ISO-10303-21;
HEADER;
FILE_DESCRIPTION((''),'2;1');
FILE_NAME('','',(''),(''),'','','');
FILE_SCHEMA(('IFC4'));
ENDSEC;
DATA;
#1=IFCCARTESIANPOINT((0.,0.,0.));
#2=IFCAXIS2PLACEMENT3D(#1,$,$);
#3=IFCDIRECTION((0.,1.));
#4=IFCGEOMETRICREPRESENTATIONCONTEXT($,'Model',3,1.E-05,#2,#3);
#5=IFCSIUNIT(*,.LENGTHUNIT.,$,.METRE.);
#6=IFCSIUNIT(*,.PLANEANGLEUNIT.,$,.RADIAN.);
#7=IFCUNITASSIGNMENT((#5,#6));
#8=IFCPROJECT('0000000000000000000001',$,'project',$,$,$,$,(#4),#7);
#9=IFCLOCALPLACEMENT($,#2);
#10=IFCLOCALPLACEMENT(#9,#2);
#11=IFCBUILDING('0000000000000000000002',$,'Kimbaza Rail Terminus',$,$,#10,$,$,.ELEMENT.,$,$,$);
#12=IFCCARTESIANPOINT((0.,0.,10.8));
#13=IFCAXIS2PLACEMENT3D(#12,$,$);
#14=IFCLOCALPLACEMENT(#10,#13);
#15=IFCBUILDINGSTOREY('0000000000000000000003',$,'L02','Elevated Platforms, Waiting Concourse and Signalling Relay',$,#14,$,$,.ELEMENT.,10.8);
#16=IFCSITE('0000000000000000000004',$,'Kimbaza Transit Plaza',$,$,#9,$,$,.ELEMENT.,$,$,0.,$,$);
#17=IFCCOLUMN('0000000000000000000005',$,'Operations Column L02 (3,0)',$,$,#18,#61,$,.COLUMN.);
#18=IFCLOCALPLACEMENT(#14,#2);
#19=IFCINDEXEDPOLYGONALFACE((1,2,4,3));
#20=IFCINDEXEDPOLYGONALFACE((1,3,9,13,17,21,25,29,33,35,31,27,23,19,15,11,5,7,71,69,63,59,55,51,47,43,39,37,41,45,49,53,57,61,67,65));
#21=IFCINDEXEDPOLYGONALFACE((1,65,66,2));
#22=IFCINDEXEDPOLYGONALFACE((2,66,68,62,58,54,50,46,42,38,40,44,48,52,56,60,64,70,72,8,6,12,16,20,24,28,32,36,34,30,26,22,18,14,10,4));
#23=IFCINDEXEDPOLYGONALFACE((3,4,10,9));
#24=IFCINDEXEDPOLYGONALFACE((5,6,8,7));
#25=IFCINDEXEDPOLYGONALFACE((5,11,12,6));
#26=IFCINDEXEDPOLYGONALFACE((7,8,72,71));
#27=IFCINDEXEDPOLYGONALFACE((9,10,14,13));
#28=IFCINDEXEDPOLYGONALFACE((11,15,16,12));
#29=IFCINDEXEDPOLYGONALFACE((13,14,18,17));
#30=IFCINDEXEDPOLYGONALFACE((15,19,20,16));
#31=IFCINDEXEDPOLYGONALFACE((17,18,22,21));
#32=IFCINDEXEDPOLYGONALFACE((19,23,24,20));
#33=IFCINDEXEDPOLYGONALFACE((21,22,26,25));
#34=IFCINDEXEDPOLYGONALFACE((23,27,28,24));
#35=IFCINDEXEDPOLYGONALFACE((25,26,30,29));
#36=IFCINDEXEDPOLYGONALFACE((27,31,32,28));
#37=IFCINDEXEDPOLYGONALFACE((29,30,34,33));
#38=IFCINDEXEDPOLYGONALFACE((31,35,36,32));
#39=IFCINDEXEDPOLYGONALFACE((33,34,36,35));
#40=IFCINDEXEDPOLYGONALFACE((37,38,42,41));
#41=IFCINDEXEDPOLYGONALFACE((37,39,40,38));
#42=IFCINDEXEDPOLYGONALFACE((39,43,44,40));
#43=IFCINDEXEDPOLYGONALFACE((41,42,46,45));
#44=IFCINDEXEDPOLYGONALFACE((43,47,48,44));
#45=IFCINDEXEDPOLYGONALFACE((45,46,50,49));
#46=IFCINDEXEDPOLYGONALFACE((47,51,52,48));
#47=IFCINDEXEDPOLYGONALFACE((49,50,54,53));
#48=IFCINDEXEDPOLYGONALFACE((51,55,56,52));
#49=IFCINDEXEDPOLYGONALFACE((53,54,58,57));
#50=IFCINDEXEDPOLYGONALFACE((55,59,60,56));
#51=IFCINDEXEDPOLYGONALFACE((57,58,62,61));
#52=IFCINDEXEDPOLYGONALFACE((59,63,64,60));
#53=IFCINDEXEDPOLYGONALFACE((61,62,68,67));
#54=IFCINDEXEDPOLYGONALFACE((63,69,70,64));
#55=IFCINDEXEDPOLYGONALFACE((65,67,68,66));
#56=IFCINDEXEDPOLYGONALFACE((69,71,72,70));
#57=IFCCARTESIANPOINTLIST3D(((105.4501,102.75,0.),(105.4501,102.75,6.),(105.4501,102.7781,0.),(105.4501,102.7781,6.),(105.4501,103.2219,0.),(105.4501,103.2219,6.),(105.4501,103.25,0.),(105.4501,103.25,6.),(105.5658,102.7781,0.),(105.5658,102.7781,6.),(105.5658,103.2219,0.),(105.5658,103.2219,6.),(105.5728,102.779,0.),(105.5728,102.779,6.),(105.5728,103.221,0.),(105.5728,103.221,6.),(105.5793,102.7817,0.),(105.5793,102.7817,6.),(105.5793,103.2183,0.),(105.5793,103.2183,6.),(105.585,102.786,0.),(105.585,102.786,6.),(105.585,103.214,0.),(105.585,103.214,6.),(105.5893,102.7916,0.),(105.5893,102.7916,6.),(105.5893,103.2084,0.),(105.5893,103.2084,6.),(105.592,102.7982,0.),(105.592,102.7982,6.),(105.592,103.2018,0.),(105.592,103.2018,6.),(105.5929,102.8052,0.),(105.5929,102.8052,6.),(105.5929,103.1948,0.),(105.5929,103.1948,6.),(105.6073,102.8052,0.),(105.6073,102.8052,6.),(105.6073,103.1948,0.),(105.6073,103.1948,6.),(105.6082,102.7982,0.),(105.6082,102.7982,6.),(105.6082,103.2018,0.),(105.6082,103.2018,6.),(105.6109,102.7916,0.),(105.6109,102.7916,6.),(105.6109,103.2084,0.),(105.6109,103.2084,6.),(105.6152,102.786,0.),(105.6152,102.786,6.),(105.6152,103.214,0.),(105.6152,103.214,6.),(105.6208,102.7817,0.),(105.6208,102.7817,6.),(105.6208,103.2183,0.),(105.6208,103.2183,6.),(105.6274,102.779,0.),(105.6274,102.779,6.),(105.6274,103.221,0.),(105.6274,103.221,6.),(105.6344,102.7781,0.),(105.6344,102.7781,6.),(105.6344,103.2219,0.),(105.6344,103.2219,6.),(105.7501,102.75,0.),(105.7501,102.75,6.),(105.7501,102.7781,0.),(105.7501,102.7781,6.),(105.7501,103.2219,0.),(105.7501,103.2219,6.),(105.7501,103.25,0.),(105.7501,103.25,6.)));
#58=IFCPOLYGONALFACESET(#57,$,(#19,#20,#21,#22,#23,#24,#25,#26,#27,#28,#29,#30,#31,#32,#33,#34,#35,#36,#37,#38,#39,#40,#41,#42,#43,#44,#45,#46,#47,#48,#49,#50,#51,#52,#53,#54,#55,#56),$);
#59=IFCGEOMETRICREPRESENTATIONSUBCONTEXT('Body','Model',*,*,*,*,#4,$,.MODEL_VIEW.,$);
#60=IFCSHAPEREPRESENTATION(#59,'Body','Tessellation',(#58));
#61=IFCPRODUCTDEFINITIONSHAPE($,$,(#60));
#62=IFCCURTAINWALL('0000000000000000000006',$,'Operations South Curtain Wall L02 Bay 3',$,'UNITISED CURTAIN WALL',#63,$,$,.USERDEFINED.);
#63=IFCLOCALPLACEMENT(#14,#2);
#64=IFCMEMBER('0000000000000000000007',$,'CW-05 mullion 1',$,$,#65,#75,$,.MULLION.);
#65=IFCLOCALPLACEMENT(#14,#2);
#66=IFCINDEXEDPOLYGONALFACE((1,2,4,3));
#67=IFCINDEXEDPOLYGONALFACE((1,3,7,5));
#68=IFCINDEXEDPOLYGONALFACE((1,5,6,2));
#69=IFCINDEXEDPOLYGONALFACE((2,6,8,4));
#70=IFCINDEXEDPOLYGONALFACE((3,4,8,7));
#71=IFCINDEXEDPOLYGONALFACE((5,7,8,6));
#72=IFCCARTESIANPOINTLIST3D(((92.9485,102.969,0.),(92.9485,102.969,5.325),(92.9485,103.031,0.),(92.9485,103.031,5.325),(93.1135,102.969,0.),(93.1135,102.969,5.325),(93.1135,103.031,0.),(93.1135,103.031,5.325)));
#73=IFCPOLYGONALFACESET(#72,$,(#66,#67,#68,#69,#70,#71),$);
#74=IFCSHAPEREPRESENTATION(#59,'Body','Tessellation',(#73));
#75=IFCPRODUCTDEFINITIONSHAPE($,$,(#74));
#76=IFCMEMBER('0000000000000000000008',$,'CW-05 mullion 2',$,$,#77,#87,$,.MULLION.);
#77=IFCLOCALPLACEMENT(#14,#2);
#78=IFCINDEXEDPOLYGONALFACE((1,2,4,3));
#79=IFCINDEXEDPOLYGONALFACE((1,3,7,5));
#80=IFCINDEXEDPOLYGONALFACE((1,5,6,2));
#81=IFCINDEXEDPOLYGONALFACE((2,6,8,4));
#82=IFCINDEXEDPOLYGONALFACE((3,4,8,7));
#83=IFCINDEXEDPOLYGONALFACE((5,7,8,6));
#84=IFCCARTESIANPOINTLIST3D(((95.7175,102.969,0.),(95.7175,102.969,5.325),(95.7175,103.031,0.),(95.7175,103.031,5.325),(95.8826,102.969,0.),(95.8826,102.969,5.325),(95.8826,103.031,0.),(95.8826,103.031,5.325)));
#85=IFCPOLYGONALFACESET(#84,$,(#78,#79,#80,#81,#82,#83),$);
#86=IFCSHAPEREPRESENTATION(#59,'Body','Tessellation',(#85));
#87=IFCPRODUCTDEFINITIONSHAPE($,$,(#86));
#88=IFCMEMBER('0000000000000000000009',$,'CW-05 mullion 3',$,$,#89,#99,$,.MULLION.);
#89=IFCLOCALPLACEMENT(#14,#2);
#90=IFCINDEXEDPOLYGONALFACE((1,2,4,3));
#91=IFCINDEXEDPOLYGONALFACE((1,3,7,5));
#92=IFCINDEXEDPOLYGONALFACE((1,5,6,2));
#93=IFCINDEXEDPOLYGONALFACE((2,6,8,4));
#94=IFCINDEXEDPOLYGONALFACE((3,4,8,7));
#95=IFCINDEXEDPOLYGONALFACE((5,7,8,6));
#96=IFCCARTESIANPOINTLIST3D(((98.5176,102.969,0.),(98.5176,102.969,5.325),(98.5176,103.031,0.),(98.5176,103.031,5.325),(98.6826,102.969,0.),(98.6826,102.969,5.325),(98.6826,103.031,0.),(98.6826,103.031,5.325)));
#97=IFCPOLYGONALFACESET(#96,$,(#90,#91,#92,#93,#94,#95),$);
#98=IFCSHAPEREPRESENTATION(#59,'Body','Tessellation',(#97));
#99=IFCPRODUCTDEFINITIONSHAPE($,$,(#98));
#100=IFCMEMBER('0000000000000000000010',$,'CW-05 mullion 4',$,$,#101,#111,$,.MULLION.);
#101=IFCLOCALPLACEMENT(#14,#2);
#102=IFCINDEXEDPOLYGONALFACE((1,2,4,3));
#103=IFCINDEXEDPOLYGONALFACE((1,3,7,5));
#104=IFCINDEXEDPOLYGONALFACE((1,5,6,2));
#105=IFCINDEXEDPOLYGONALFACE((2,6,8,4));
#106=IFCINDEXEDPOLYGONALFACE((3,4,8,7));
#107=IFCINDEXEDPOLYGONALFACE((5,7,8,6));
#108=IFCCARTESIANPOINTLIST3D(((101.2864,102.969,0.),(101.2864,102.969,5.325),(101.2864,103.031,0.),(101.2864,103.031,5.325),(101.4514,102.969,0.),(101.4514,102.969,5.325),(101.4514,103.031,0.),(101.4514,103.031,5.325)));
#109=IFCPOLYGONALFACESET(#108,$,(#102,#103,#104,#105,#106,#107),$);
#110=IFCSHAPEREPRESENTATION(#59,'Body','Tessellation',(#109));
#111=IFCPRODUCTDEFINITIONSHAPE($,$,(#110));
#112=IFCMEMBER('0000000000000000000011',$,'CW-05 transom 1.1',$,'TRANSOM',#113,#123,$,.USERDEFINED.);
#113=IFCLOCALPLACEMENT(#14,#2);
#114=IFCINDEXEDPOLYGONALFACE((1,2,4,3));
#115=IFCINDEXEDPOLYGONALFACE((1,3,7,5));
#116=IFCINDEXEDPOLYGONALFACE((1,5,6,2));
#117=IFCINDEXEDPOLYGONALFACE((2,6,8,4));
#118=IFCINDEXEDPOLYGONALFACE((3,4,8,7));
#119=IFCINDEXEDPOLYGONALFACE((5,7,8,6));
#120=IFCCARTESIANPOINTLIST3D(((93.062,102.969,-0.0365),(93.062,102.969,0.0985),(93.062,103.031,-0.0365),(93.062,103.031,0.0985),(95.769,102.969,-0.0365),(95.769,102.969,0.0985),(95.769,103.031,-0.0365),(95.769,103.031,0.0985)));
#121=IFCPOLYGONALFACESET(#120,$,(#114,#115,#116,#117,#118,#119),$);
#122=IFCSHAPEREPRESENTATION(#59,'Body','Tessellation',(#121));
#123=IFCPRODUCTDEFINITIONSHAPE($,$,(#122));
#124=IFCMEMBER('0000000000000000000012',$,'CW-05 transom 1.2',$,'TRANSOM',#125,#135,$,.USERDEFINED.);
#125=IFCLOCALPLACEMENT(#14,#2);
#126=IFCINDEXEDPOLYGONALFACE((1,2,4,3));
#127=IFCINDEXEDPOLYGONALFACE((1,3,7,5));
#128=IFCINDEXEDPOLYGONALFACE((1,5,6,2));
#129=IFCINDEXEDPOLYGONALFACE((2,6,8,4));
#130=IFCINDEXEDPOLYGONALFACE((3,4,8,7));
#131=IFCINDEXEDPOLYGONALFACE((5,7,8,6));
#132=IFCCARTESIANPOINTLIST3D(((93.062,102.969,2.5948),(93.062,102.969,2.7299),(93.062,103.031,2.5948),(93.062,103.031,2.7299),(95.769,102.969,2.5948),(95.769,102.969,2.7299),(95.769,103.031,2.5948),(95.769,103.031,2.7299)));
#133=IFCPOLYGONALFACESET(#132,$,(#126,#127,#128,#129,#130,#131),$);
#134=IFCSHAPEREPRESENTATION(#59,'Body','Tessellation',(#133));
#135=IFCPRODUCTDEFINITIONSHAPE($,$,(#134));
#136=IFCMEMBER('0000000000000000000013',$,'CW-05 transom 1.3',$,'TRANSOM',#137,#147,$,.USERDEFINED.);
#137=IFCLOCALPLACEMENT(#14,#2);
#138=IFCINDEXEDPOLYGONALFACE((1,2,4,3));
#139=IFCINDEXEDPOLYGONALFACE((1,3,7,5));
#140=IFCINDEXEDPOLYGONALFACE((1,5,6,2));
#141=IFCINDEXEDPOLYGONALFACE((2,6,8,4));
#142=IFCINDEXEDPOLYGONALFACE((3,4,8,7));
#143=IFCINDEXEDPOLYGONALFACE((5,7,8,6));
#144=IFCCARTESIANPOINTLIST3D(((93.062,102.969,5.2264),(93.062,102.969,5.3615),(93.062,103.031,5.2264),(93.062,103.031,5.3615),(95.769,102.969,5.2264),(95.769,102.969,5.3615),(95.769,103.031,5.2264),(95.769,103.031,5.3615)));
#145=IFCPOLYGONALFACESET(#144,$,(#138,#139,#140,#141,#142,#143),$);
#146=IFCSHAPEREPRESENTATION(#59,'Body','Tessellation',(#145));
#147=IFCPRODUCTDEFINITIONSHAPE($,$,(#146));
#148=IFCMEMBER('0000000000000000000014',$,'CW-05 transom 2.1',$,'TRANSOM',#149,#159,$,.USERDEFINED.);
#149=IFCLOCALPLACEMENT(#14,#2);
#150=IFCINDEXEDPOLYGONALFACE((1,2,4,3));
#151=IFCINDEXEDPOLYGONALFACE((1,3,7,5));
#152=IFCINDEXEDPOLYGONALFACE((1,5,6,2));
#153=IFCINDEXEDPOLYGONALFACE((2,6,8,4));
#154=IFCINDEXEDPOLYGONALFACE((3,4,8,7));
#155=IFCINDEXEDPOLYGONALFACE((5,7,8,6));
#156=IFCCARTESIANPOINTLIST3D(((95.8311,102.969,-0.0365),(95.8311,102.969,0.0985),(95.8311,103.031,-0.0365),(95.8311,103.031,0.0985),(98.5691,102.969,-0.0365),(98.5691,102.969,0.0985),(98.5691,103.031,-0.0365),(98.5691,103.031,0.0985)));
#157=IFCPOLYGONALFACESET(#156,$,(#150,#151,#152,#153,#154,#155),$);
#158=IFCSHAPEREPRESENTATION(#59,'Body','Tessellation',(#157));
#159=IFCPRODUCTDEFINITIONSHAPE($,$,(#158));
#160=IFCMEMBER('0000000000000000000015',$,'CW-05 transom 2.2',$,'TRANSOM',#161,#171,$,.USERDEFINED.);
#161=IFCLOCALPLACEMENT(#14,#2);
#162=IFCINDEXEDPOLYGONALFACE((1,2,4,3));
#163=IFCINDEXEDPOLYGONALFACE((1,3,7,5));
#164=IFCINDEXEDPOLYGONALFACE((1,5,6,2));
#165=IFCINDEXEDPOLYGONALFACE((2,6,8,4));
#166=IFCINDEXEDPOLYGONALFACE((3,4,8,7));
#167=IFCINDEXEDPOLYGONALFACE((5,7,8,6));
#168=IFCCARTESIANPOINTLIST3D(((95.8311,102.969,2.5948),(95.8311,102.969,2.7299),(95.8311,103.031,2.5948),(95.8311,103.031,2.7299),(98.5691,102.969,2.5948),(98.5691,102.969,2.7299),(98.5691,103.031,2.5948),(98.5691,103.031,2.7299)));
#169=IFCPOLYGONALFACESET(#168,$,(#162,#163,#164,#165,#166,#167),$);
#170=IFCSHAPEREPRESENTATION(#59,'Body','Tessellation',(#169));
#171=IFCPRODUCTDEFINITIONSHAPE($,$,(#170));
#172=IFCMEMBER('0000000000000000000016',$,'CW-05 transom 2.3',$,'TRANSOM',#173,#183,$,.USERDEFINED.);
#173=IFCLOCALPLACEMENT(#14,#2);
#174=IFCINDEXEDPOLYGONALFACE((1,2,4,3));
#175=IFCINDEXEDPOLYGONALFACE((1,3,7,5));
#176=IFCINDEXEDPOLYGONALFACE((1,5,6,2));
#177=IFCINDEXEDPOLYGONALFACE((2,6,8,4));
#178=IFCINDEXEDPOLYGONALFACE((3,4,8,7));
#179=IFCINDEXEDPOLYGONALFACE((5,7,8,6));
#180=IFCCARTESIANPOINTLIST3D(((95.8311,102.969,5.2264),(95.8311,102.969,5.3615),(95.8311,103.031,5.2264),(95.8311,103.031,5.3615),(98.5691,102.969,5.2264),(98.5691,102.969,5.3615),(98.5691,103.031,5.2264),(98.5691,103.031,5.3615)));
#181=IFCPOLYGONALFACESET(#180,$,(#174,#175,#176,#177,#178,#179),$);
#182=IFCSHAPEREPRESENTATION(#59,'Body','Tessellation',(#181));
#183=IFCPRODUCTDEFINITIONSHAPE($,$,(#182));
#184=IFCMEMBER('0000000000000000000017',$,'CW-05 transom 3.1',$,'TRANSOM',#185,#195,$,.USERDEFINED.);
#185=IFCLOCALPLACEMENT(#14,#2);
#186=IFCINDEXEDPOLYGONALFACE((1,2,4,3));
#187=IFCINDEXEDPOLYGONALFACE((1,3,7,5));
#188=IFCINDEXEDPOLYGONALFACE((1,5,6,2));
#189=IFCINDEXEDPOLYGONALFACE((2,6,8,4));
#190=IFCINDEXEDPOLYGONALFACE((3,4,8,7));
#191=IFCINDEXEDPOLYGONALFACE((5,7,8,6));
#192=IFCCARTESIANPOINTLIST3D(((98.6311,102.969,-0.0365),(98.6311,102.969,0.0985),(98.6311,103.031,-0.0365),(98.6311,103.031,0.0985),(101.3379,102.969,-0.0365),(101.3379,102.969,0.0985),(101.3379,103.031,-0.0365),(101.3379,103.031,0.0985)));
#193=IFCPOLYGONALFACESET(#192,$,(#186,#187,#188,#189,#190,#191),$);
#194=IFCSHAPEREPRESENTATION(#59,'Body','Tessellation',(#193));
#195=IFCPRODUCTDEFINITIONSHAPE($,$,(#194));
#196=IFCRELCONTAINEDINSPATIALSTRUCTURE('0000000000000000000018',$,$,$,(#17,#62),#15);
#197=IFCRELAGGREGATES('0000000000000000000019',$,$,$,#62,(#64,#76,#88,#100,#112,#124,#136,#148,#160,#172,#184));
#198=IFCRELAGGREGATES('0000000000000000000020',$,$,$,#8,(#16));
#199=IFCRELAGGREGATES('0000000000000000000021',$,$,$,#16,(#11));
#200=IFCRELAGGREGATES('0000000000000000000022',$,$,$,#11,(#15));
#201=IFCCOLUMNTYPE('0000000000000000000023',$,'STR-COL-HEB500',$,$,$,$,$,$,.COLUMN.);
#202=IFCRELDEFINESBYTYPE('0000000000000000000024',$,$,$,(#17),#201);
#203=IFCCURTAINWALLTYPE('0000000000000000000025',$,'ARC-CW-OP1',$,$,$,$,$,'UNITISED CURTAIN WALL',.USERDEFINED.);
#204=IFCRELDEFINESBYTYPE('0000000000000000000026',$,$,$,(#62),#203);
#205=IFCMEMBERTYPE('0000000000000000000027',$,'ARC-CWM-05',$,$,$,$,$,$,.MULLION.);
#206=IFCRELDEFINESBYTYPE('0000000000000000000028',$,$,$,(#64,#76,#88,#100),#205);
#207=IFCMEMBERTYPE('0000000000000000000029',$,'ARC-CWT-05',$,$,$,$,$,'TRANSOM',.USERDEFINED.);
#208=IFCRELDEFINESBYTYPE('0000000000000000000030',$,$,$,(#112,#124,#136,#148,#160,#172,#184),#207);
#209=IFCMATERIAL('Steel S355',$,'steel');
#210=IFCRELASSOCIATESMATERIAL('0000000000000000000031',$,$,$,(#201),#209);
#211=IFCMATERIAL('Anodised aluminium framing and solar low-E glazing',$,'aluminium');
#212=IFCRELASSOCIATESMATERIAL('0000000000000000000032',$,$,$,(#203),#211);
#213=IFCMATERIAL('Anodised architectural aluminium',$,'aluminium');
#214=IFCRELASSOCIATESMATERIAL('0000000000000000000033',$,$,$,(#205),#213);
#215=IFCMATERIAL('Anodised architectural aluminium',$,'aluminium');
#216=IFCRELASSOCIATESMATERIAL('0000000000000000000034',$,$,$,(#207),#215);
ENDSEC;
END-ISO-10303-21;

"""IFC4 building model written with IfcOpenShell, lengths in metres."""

from ifc_helpers import new_model, si_unit, direction, frame, origin, origin_2d, place, context, subcontext, project, spatial, rectangle, i_section, extrude, material, material_profile, profile_set, type_object, element, aggregate, save


model = new_model("IFC4")

# Units and contexts
model_context = context("Model", 3, precision=1e-05, world=origin(), true_north=direction((0.0, 1.0)))
body_context = subcontext(model_context, "Body", "Model", "MODEL_VIEW")
ifc_project = project(units=[si_unit("LENGTHUNIT", "METRE"), si_unit("PLANEANGLEUNIT", "RADIAN")], contexts=[model_context])

# Site, building, storey
site_placement = place(None, origin())
site = spatial("IfcSite", under=ifc_project, at=site_placement, Name="Kimbaza Transit Plaza", CompositionType="ELEMENT", RefElevation=0.0)
building_placement = place(site_placement, origin())
building = spatial("IfcBuilding", under=site, at=building_placement, Name="Kimbaza Rail Terminus", CompositionType="ELEMENT")
storey_placement = place(building_placement, frame((0.0, 0.0, 10.8)))
storey = spatial("IfcBuildingStorey", under=building, at=storey_placement, Name="L02", Description="Elevated Platforms, Waiting Concourse and Signalling Relay", CompositionType="ELEMENT", Elevation=10.8)

# Column
ifc_material_1 = material(Name="Steel S355", Category="steel")
ifc_material_profile_1 = material_profile(ifc_material_1, i_section(OverallWidth=0.3, OverallDepth=0.5, WebThickness=0.0144, FlangeThickness=0.0281, FilletRadius=0.0271, at=origin_2d()), Name="HEB 500")
ifc_profile_set_1 = profile_set([ifc_material_profile_1], Name="Steel S355")
column_type = type_object("IfcColumnType", Name="STR-COL-HEB500", PredefinedType="COLUMN", material=ifc_profile_set_1)
column_placement = place(storey_placement, frame((105.6001, 103.0, 0.0), z_axis=(0.0, 0.0, 1.0), x_axis=(1.0, 0.0, 0.0)))
element("IfcColumn", 1, at=column_placement, inside=storey, type_object=column_type, Name="Operations Column L02 (3,0)", PredefinedType="COLUMN", context=body_context, shape_type="SweptSolid", body=[
    extrude(i_section(OverallWidth=0.3, OverallDepth=0.5, WebThickness=0.0144, FlangeThickness=0.0281, FilletRadius=0.0271, at=origin_2d()), origin(), (0.0, 0.0, 1.0), 6.0),
])

# Curtain wall, members
ifc_material_2 = material(Name="Anodised aluminium framing and solar low-E glazing", Category="aluminium")
curtain_wall_type = type_object("IfcCurtainWallType", Name="ARC-CW-OP1", ElementType="UNITISED CURTAIN WALL", PredefinedType="USERDEFINED", material=ifc_material_2)
curtain_wall_placement = place(storey_placement, origin())
curtain_wall = element("IfcCurtainWall", 2, at=curtain_wall_placement, inside=storey, type_object=curtain_wall_type, Name="Operations South Curtain Wall L02 Bay 3", ObjectType="UNITISED CURTAIN WALL", PredefinedType="USERDEFINED")
ifc_material_3 = material(Name="Anodised architectural aluminium", Category="aluminium")
ifc_material_profile_2 = material_profile(ifc_material_3, rectangle(XDim=0.062, YDim=0.165, at=origin_2d()), Name="MULLION 62x165")
ifc_profile_set_2 = profile_set([ifc_material_profile_2], Name="Anodised architectural aluminium")
member_type_1 = type_object("IfcMemberType", Name="ARC-CWM-05", PredefinedType="MULLION", material=ifc_profile_set_2)
member_1_placement = place(storey_placement, frame((93.031, 103.0, 0.0), z_axis=(0.0, 0.0, 1.0), x_axis=(0.0, 1.0, 0.0)))
member_1 = element("IfcMember", 3, at=member_1_placement, type_object=member_type_1, Name="CW-05 mullion 1", PredefinedType="MULLION", context=body_context, shape_type="SweptSolid", body=[
    extrude(rectangle(XDim=0.062, YDim=0.165, at=origin_2d()), origin(), (0.0, 0.0, 1.0), 5.325),
])
member_2_placement = place(storey_placement, frame((95.8, 103.0, 0.0), z_axis=(0.0, 0.0, 1.0), x_axis=(0.0, 1.0, 0.0)))
member_2 = element("IfcMember", 4, at=member_2_placement, type_object=member_type_1, Name="CW-05 mullion 2", PredefinedType="MULLION", context=body_context, shape_type="SweptSolid", body=[
    extrude(rectangle(XDim=0.062, YDim=0.165, at=origin_2d()), origin(), (0.0, 0.0, 1.0), 5.325),
])
member_3_placement = place(storey_placement, frame((98.6001, 103.0, 0.0), z_axis=(0.0, 0.0, 1.0), x_axis=(0.0, 1.0, 0.0)))
member_3 = element("IfcMember", 5, at=member_3_placement, type_object=member_type_1, Name="CW-05 mullion 3", PredefinedType="MULLION", context=body_context, shape_type="SweptSolid", body=[
    extrude(rectangle(XDim=0.062, YDim=0.165, at=origin_2d()), origin(), (0.0, 0.0, 1.0), 5.325),
])
member_4_placement = place(storey_placement, frame((101.3689, 103.0, 0.0), z_axis=(0.0, 0.0, 1.0), x_axis=(0.0, 1.0, 0.0)))
member_4 = element("IfcMember", 6, at=member_4_placement, type_object=member_type_1, Name="CW-05 mullion 4", PredefinedType="MULLION", context=body_context, shape_type="SweptSolid", body=[
    extrude(rectangle(XDim=0.062, YDim=0.165, at=origin_2d()), origin(), (0.0, 0.0, 1.0), 5.325),
])
ifc_material_4 = material(Name="Anodised architectural aluminium", Category="aluminium")
ifc_material_profile_3 = material_profile(ifc_material_4, rectangle(XDim=0.062, YDim=0.135, at=origin_2d()), Name="TRANSOM 62x135")
ifc_profile_set_3 = profile_set([ifc_material_profile_3], Name="Anodised architectural aluminium")
member_type_2 = type_object("IfcMemberType", Name="ARC-CWT-05", ElementType="TRANSOM", PredefinedType="USERDEFINED", material=ifc_profile_set_3)
member_5_placement = place(storey_placement, frame((93.062, 103.0, 0.031), z_axis=(1.0, 0.0, 0.0), x_axis=(0.0, 1.0, 0.0)))
member_5 = element("IfcMember", 7, at=member_5_placement, type_object=member_type_2, Name="CW-05 transom 1.1", ObjectType="TRANSOM", PredefinedType="USERDEFINED", context=body_context, shape_type="SweptSolid", body=[
    extrude(rectangle(XDim=0.062, YDim=0.135, at=origin_2d()), origin(), (0.0, 0.0, 1.0), 2.707),
])
member_6_placement = place(storey_placement, frame((93.062, 103.0, 2.6624), z_axis=(1.0, 0.0, 0.0), x_axis=(0.0, 1.0, 0.0)))
member_6 = element("IfcMember", 8, at=member_6_placement, type_object=member_type_2, Name="CW-05 transom 1.2", ObjectType="TRANSOM", PredefinedType="USERDEFINED", context=body_context, shape_type="SweptSolid", body=[
    extrude(rectangle(XDim=0.062, YDim=0.135, at=origin_2d()), origin(), (0.0, 0.0, 1.0), 2.707),
])
member_7_placement = place(storey_placement, frame((93.062, 103.0, 5.2939), z_axis=(1.0, 0.0, 0.0), x_axis=(0.0, 1.0, 0.0)))
member_7 = element("IfcMember", 9, at=member_7_placement, type_object=member_type_2, Name="CW-05 transom 1.3", ObjectType="TRANSOM", PredefinedType="USERDEFINED", context=body_context, shape_type="SweptSolid", body=[
    extrude(rectangle(XDim=0.062, YDim=0.135, at=origin_2d()), origin(), (0.0, 0.0, 1.0), 2.707),
])
member_8_placement = place(storey_placement, frame((95.8311, 103.0, 0.031), z_axis=(1.0, 0.0, 0.0), x_axis=(0.0, 1.0, 0.0)))
member_8 = element("IfcMember", 10, at=member_8_placement, type_object=member_type_2, Name="CW-05 transom 2.1", ObjectType="TRANSOM", PredefinedType="USERDEFINED", context=body_context, shape_type="SweptSolid", body=[
    extrude(rectangle(XDim=0.062, YDim=0.135, at=origin_2d()), origin(), (0.0, 0.0, 1.0), 2.738),
])
member_9_placement = place(storey_placement, frame((95.8311, 103.0, 2.6624), z_axis=(1.0, 0.0, 0.0), x_axis=(0.0, 1.0, 0.0)))
member_9 = element("IfcMember", 11, at=member_9_placement, type_object=member_type_2, Name="CW-05 transom 2.2", ObjectType="TRANSOM", PredefinedType="USERDEFINED", context=body_context, shape_type="SweptSolid", body=[
    extrude(rectangle(XDim=0.062, YDim=0.135, at=origin_2d()), origin(), (0.0, 0.0, 1.0), 2.738),
])
member_10_placement = place(storey_placement, frame((95.8311, 103.0, 5.2939), z_axis=(1.0, 0.0, 0.0), x_axis=(0.0, 1.0, 0.0)))
member_10 = element("IfcMember", 12, at=member_10_placement, type_object=member_type_2, Name="CW-05 transom 2.3", ObjectType="TRANSOM", PredefinedType="USERDEFINED", context=body_context, shape_type="SweptSolid", body=[
    extrude(rectangle(XDim=0.062, YDim=0.135, at=origin_2d()), origin(), (0.0, 0.0, 1.0), 2.738),
])
member_11_placement = place(storey_placement, frame((98.6311, 103.0, 0.031), z_axis=(1.0, 0.0, 0.0), x_axis=(0.0, 1.0, 0.0)))
member_11 = element("IfcMember", 13, at=member_11_placement, type_object=member_type_2, Name="CW-05 transom 3.1", ObjectType="TRANSOM", PredefinedType="USERDEFINED", context=body_context, shape_type="SweptSolid", body=[
    extrude(rectangle(XDim=0.062, YDim=0.135, at=origin_2d()), origin(), (0.0, 0.0, 1.0), 2.7068),
])

aggregate(curtain_wall, [member_1, member_2, member_3, member_4, member_5, member_6, member_7, member_8, member_9, member_10, member_11])

save(model, "model.ifc")
